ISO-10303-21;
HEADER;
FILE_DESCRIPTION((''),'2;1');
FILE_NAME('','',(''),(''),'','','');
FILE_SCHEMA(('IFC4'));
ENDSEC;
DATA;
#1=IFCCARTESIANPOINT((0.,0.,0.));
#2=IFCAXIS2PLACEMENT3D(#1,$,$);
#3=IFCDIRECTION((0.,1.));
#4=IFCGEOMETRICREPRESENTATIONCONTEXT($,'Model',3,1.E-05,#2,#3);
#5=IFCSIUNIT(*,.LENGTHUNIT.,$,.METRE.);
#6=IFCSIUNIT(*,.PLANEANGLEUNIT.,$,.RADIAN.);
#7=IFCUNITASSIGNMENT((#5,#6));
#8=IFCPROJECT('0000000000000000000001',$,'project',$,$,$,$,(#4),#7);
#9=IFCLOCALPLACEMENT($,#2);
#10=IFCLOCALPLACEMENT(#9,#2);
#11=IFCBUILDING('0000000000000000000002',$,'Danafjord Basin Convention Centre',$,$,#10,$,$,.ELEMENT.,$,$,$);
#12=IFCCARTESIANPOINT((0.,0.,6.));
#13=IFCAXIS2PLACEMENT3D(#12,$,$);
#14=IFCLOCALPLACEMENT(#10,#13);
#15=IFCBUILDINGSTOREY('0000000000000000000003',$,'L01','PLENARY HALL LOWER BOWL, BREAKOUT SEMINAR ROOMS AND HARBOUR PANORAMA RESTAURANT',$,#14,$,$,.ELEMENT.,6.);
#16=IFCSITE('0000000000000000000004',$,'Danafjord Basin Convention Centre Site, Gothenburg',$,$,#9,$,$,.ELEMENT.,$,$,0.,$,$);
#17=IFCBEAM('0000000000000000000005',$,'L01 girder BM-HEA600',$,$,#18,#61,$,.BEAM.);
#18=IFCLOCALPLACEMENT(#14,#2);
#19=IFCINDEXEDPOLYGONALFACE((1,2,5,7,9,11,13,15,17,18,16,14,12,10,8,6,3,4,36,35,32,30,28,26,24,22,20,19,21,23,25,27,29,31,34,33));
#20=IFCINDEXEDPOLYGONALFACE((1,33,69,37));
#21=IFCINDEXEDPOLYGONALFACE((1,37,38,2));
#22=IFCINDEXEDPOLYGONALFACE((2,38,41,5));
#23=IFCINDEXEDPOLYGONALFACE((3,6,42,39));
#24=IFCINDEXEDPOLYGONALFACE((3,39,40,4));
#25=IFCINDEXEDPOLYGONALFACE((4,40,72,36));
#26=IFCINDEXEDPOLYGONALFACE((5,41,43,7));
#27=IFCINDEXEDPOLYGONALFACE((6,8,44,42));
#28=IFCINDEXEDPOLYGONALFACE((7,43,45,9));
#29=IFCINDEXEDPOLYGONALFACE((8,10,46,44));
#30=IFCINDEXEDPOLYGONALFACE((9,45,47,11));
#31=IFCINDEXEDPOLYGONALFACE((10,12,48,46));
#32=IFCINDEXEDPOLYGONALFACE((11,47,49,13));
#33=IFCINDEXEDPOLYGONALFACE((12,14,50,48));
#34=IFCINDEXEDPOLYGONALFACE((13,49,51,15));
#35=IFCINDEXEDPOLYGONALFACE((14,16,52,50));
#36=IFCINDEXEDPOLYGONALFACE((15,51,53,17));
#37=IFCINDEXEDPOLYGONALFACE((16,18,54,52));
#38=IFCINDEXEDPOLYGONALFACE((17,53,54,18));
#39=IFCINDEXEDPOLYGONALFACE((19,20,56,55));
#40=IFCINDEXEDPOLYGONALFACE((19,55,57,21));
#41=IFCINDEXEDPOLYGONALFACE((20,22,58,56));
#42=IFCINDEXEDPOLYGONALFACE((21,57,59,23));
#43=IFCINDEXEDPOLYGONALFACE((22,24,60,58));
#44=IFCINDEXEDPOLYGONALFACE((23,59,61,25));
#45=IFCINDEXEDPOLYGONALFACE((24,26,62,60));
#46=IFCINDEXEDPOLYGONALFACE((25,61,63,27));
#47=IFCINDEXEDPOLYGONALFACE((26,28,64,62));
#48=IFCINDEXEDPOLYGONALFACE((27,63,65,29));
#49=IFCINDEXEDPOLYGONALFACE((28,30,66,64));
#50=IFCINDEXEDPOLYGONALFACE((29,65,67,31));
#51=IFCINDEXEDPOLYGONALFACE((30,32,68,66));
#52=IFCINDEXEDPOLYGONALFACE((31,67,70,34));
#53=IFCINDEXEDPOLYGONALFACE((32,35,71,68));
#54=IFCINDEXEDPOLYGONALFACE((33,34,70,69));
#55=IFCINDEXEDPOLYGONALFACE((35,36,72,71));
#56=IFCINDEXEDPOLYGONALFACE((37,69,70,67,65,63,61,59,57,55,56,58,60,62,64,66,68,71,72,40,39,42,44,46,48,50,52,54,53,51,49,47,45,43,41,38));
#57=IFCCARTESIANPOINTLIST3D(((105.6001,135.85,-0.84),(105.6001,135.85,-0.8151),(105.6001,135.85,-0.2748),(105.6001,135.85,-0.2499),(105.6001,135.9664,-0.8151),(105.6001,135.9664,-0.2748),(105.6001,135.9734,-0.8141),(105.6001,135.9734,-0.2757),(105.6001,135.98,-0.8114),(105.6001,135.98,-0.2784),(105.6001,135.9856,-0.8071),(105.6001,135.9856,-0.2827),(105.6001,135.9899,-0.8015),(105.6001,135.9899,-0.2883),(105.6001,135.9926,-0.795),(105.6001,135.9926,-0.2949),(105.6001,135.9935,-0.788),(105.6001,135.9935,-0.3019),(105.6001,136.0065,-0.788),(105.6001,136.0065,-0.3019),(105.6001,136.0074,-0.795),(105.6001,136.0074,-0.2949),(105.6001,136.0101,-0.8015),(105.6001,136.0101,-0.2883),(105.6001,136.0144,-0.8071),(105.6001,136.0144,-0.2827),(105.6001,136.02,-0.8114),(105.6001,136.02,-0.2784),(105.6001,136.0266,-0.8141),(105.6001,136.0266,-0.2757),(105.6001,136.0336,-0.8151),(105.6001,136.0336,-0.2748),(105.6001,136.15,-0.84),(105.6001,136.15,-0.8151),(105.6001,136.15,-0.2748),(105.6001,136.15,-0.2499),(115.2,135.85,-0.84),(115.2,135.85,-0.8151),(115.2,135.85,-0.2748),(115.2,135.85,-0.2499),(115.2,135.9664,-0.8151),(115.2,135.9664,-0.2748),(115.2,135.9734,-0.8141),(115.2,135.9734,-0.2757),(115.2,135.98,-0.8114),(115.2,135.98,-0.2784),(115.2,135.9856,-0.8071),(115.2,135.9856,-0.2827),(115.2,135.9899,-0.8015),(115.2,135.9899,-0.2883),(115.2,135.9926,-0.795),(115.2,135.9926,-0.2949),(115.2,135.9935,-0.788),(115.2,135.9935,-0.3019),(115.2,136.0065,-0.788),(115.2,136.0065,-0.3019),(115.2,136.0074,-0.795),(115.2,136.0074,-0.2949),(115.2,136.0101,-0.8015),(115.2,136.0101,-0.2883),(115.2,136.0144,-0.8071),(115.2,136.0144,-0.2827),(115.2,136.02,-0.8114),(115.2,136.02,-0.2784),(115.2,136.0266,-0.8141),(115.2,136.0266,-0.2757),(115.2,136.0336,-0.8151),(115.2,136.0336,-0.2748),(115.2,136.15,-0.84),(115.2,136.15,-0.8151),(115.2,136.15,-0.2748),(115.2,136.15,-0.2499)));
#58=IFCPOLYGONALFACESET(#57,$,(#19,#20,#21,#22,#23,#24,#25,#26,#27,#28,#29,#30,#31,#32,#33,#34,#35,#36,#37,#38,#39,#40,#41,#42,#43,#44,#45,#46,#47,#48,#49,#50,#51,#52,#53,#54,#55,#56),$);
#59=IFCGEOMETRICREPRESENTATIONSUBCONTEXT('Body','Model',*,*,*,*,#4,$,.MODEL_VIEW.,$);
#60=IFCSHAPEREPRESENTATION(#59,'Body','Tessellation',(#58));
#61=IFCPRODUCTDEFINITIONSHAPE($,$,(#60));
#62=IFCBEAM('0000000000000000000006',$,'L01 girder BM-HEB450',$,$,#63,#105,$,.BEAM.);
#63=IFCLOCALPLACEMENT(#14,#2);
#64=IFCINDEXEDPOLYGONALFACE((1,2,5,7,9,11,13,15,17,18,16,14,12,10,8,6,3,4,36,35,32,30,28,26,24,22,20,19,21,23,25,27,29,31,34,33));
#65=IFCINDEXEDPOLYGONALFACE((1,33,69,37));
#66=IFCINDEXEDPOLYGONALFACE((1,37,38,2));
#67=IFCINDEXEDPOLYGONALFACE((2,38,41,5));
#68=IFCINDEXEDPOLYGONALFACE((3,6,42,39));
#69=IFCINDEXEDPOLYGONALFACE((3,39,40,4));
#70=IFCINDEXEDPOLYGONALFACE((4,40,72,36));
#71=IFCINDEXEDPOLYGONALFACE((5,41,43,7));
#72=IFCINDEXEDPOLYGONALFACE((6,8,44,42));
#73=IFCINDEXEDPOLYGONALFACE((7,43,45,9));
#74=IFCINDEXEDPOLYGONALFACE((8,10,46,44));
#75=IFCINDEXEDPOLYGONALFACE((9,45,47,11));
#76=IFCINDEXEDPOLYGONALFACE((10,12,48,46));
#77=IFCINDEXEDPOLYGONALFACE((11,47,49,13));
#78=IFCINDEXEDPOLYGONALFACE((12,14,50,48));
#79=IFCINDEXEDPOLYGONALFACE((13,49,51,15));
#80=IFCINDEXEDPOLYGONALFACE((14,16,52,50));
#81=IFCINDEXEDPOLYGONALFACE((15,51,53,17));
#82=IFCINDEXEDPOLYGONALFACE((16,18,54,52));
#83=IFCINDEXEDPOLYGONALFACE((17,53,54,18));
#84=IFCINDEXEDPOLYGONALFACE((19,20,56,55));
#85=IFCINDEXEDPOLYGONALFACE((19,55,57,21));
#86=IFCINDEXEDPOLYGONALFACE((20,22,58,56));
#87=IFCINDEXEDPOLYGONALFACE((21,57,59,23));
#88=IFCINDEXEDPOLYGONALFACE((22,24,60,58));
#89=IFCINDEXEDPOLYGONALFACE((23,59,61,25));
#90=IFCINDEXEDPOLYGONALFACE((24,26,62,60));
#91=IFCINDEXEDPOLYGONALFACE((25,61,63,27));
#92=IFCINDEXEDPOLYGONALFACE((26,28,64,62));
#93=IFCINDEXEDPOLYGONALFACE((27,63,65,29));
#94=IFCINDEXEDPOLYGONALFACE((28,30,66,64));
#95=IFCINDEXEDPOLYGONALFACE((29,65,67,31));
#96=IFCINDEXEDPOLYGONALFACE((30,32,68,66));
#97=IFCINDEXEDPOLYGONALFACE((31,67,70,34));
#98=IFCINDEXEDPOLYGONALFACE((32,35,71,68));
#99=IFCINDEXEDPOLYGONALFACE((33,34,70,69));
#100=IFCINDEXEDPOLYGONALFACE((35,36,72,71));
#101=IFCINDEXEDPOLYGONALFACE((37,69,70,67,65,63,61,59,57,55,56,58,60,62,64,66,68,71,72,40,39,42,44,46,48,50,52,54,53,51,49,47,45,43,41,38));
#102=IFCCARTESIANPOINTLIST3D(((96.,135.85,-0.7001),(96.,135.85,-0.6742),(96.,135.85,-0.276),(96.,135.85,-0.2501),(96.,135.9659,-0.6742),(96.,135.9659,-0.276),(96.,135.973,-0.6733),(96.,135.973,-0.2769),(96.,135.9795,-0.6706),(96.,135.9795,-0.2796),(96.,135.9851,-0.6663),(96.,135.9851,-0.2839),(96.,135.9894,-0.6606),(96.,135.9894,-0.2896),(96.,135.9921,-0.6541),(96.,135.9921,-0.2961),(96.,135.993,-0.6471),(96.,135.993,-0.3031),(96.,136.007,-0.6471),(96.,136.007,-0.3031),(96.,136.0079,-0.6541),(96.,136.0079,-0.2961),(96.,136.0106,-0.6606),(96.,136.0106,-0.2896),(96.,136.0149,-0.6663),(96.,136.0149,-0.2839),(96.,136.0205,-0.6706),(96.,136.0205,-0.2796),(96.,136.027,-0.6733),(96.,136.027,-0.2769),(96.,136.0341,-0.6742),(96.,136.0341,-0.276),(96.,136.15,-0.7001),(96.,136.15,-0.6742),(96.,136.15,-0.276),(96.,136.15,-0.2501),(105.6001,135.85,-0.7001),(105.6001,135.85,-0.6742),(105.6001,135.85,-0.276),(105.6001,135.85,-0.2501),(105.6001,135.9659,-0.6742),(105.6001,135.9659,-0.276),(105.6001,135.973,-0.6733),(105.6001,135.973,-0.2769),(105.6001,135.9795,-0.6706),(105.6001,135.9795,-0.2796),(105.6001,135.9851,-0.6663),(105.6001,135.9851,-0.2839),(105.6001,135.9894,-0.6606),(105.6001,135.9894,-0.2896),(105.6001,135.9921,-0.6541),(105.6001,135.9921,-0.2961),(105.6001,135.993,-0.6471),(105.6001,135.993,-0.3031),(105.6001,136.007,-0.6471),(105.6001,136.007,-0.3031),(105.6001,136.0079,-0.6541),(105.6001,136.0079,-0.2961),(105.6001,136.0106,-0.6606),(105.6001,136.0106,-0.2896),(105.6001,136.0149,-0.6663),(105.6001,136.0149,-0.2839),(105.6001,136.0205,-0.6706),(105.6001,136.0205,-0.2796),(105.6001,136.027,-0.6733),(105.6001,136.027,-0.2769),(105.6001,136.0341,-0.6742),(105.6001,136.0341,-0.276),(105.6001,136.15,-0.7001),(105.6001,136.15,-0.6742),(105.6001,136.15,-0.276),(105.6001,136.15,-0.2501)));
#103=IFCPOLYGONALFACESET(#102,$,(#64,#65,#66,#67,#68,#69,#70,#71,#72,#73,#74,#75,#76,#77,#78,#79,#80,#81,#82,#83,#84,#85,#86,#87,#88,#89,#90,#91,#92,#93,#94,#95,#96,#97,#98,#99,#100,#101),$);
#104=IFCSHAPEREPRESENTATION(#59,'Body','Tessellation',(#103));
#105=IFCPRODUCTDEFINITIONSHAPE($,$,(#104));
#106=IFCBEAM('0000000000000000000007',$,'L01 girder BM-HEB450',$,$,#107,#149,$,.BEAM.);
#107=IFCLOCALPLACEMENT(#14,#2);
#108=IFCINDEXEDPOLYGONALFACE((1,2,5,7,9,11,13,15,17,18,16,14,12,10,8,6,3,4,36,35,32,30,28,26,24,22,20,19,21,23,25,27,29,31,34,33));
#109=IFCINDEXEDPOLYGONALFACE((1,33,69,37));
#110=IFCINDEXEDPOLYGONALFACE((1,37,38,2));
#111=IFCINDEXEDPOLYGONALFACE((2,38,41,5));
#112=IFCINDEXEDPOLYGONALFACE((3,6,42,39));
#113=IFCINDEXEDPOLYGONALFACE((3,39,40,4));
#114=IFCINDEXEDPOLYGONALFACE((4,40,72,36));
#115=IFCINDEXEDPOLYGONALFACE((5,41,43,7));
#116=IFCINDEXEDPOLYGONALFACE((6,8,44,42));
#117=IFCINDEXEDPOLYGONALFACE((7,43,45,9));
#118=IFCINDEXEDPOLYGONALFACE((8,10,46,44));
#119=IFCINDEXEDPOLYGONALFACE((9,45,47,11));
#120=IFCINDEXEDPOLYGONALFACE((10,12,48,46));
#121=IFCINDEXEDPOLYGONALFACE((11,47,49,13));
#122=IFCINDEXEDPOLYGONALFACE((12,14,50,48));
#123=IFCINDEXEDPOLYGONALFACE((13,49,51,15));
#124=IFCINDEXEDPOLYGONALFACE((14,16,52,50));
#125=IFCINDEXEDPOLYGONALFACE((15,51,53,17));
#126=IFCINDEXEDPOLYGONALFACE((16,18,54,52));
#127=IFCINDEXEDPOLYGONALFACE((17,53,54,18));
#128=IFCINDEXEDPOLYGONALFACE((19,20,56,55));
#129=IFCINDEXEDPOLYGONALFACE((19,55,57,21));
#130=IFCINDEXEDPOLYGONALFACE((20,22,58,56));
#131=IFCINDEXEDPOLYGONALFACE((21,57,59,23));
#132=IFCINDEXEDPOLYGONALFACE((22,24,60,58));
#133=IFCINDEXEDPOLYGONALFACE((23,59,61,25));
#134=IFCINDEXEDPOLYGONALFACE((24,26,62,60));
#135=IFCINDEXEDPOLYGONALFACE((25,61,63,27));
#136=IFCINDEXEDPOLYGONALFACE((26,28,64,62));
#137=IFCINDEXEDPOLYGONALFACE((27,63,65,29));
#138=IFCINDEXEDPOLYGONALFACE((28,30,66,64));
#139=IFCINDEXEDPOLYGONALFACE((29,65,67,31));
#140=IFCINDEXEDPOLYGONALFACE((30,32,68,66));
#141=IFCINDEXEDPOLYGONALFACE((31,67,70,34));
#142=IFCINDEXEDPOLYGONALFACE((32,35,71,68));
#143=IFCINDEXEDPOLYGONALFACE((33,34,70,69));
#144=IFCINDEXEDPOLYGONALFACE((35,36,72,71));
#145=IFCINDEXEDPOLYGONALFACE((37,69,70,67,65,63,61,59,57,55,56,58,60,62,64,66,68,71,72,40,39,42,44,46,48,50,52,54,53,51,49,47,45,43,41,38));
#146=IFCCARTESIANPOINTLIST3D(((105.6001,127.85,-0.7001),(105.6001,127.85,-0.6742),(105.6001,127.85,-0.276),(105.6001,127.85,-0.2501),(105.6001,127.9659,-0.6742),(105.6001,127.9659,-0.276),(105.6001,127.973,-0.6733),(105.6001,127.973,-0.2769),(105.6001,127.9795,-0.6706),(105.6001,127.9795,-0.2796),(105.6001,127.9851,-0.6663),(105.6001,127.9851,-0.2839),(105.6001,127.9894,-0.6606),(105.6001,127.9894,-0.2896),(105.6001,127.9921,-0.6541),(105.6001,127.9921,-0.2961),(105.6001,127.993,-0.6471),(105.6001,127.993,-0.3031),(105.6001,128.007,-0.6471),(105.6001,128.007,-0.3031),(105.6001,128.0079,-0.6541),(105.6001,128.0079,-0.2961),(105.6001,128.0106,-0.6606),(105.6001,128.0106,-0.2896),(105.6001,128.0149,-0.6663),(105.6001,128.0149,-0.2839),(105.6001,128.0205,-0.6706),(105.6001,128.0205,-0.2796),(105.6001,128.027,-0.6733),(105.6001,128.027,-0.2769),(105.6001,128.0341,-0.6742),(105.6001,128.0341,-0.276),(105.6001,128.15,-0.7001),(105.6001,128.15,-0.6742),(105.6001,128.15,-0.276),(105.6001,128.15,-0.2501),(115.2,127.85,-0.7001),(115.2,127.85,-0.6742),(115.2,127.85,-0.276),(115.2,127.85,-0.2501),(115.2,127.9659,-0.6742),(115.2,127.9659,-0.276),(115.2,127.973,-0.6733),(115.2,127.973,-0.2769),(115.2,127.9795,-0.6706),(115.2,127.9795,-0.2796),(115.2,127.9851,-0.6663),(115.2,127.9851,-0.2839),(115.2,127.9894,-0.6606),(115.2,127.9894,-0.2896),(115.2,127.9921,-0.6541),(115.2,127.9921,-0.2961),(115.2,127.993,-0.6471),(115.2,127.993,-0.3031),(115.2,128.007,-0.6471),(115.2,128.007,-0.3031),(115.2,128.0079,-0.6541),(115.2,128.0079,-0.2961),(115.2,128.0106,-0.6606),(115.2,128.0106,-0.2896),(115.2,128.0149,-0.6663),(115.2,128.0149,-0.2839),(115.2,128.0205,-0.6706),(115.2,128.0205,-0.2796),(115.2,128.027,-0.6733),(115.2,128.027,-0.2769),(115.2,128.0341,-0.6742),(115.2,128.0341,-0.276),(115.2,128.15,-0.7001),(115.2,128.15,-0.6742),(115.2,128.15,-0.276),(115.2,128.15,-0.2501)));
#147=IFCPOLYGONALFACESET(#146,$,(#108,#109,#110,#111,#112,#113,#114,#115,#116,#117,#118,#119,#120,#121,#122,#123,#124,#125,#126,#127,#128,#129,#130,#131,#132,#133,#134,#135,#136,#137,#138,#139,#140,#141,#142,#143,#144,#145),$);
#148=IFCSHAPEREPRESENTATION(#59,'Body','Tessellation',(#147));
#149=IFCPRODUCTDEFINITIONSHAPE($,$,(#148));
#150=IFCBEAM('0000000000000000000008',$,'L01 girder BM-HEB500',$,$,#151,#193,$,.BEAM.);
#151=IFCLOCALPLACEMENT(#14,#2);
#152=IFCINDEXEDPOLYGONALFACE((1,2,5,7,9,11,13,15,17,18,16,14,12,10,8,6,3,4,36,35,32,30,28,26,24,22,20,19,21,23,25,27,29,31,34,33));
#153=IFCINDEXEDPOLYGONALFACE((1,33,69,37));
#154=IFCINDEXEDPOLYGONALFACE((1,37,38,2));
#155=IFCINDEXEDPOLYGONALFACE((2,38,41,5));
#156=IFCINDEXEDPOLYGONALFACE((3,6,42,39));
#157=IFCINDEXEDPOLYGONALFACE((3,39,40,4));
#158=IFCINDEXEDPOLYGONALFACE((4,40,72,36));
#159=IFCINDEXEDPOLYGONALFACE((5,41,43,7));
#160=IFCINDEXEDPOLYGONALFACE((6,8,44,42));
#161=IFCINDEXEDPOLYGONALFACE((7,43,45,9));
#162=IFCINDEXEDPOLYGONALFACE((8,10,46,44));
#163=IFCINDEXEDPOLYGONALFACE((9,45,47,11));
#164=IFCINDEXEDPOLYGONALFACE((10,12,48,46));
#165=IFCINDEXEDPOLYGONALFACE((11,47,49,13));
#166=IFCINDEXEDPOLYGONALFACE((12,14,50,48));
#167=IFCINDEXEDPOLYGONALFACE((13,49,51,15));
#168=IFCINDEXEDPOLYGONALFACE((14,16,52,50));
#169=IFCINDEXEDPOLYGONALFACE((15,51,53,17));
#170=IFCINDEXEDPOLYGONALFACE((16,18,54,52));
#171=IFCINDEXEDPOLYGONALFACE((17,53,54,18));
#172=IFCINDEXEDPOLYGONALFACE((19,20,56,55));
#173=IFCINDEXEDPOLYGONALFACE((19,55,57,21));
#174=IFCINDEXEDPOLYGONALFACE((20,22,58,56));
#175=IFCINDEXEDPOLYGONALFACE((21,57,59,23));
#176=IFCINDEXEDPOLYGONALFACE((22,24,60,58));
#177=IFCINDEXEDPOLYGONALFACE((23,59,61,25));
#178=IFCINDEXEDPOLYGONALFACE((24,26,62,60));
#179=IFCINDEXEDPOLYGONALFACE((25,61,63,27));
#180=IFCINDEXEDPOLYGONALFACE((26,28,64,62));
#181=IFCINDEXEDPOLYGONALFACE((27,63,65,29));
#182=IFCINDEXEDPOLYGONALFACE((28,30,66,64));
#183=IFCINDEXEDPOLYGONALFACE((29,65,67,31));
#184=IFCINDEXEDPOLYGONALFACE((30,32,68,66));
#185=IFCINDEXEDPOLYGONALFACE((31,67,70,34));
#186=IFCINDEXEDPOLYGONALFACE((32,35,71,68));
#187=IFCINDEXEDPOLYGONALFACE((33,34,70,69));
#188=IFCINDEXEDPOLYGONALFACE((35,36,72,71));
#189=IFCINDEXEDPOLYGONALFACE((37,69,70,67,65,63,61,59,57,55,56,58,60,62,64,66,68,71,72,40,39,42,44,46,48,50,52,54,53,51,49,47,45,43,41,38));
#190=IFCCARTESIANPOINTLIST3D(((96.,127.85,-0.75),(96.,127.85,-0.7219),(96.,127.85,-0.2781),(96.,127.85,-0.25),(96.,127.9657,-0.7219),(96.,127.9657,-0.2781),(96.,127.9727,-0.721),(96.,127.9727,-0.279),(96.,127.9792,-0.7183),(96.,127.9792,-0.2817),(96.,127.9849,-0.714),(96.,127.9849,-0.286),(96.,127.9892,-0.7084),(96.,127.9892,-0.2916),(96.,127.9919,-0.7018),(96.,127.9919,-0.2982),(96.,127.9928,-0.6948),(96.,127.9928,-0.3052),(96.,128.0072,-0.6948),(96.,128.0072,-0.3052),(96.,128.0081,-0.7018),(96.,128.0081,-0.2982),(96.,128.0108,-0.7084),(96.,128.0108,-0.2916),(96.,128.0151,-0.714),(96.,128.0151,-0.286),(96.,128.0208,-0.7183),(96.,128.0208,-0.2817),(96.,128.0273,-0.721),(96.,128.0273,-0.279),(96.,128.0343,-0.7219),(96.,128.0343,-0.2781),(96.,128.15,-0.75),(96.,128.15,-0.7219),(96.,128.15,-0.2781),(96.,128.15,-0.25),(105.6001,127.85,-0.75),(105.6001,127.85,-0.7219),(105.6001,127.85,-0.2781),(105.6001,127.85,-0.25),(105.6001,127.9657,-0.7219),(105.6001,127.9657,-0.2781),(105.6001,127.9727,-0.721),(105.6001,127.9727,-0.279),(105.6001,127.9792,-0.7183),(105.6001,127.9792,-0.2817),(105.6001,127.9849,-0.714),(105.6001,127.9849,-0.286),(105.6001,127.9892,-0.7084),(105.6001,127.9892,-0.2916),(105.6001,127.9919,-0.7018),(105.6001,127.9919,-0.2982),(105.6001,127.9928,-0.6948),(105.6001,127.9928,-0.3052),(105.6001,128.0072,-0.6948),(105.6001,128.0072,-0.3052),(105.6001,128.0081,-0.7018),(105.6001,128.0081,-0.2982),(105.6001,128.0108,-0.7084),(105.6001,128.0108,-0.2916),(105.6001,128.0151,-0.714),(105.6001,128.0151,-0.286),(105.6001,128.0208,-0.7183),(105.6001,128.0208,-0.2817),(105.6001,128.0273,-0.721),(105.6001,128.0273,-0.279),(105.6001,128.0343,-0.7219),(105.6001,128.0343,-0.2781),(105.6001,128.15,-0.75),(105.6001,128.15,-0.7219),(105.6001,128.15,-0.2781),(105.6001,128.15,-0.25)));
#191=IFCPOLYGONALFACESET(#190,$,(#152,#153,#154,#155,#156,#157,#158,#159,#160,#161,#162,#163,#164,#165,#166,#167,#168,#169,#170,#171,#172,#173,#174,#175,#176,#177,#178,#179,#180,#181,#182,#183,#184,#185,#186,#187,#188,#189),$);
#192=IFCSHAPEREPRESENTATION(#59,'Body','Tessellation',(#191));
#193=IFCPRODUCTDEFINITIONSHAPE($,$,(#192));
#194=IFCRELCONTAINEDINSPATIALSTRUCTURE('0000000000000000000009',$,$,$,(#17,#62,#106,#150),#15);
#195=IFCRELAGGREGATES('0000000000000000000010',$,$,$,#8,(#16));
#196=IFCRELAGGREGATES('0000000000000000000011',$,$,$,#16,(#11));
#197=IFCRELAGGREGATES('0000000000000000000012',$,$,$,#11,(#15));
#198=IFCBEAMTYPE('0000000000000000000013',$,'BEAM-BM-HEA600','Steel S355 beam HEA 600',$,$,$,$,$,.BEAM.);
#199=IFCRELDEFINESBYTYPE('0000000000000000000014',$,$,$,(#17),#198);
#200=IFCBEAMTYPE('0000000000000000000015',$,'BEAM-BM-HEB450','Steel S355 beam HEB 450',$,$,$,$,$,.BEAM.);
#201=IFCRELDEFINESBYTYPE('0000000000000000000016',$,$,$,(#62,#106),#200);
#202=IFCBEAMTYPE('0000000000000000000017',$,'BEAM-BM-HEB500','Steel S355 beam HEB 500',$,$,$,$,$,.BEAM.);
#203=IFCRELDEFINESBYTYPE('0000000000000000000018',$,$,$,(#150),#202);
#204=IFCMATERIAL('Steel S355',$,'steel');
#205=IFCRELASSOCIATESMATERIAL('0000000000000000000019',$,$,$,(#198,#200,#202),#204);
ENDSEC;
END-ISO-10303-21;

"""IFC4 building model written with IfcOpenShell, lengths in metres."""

from ifc_helpers import new_model, si_unit, direction, frame, origin, origin_2d, place, context, subcontext, project, spatial, i_section, extrude, material, material_profile, profile_set, type_object, element, save


model = new_model("IFC4")

# Units and contexts
model_context = context("Model", 3, precision=1e-05, world=origin(), true_north=direction((0.0, 1.0)))
body_context = subcontext(model_context, "Body", "Model", "MODEL_VIEW")
ifc_project = project(units=[si_unit("LENGTHUNIT", "METRE"), si_unit("PLANEANGLEUNIT", "RADIAN")], contexts=[model_context])

# Site, building, storey
site_placement = place(None, origin())
site = spatial("IfcSite", under=ifc_project, at=site_placement, Name="Danafjord Basin Convention Centre Site, Gothenburg", CompositionType="ELEMENT", RefElevation=0.0)
building_placement = place(site_placement, origin())
building = spatial("IfcBuilding", under=site, at=building_placement, Name="Danafjord Basin Convention Centre", CompositionType="ELEMENT")
storey_placement = place(building_placement, frame((0.0, 0.0, 6.0)))
storey = spatial("IfcBuildingStorey", under=building, at=storey_placement, Name="L01", Description="PLENARY HALL LOWER BOWL, BREAKOUT SEMINAR ROOMS AND HARBOUR PANORAMA RESTAURANT", CompositionType="ELEMENT", Elevation=6.0)

# Shared definitions
ifc_material_1 = material(Name="Steel S355", Category="steel")

# Beams
ifc_material_profile_1 = material_profile(ifc_material_1, i_section(OverallWidth=0.3, OverallDepth=0.5901, WebThickness=0.0129, FlangeThickness=0.0249, FilletRadius=0.0271, at=origin_2d()), Name="HEA 600")
ifc_profile_set_1 = profile_set([ifc_material_profile_1], Name="Steel S355")
beam_type_1 = type_object("IfcBeamType", Name="BEAM-BM-HEA600", Description="Steel S355 beam HEA 600", PredefinedType="BEAM", material=ifc_profile_set_1)
beam_1_placement = place(storey_placement, frame((105.6001, 136.0, -0.5449), z_axis=(1.0, 0.0, 0.0), x_axis=(0.0, 1.0, 0.0)))
element("IfcBeam", 1, at=beam_1_placement, inside=storey, type_object=beam_type_1, Name="L01 girder BM-HEA600", PredefinedType="BEAM", context=body_context, shape_type="SweptSolid", body=[
    extrude(i_section(OverallWidth=0.3, OverallDepth=0.5901, WebThickness=0.0129, FlangeThickness=0.0249, FilletRadius=0.0271, at=origin_2d()), origin(), (0.0, 0.0, 1.0), 9.5999),
])
ifc_material_profile_2 = material_profile(ifc_material_1, i_section(OverallWidth=0.3, OverallDepth=0.45, WebThickness=0.0139, FlangeThickness=0.0259, FilletRadius=0.0271, at=origin_2d()), Name="HEB 450")
ifc_profile_set_2 = profile_set([ifc_material_profile_2], Name="Steel S355")
beam_type_2 = type_object("IfcBeamType", Name="BEAM-BM-HEB450", Description="Steel S355 beam HEB 450", PredefinedType="BEAM", material=ifc_profile_set_2)
beam_2_placement = place(storey_placement, frame((96.0, 136.0, -0.4751), z_axis=(1.0, 0.0, 0.0), x_axis=(0.0, 1.0, 0.0)))
element("IfcBeam", 2, at=beam_2_placement, inside=storey, type_object=beam_type_2, Name="L01 girder BM-HEB450", PredefinedType="BEAM", context=body_context, shape_type="SweptSolid", body=[
    extrude(i_section(OverallWidth=0.3, OverallDepth=0.45, WebThickness=0.0139, FlangeThickness=0.0259, FilletRadius=0.0271, at=origin_2d()), origin(), (0.0, 0.0, 1.0), 9.6001),
])
beam_3_placement = place(storey_placement, frame((105.6001, 128.0, -0.4751), z_axis=(1.0, 0.0, 0.0), x_axis=(0.0, 1.0, 0.0)))
element("IfcBeam", 3, at=beam_3_placement, inside=storey, type_object=beam_type_2, Name="L01 girder BM-HEB450", PredefinedType="BEAM", context=body_context, shape_type="SweptSolid", body=[
    extrude(i_section(OverallWidth=0.3, OverallDepth=0.45, WebThickness=0.0139, FlangeThickness=0.0259, FilletRadius=0.0271, at=origin_2d()), origin(), (0.0, 0.0, 1.0), 9.5999),
])
ifc_material_profile_3 = material_profile(ifc_material_1, i_section(OverallWidth=0.3, OverallDepth=0.5, WebThickness=0.0144, FlangeThickness=0.0281, FilletRadius=0.0271, at=origin_2d()), Name="HEB 500")
ifc_profile_set_3 = profile_set([ifc_material_profile_3], Name="Steel S355")
beam_type_3 = type_object("IfcBeamType", Name="BEAM-BM-HEB500", Description="Steel S355 beam HEB 500", PredefinedType="BEAM", material=ifc_profile_set_3)
beam_4_placement = place(storey_placement, frame((96.0, 128.0, -0.5), z_axis=(1.0, 0.0, 0.0), x_axis=(0.0, 1.0, 0.0)))
element("IfcBeam", 4, at=beam_4_placement, inside=storey, type_object=beam_type_3, Name="L01 girder BM-HEB500", PredefinedType="BEAM", context=body_context, shape_type="SweptSolid", body=[
    extrude(i_section(OverallWidth=0.3, OverallDepth=0.5, WebThickness=0.0144, FlangeThickness=0.0281, FilletRadius=0.0271, at=origin_2d()), origin(), (0.0, 0.0, 1.0), 9.6001),
])

save(model, "model.ifc")
